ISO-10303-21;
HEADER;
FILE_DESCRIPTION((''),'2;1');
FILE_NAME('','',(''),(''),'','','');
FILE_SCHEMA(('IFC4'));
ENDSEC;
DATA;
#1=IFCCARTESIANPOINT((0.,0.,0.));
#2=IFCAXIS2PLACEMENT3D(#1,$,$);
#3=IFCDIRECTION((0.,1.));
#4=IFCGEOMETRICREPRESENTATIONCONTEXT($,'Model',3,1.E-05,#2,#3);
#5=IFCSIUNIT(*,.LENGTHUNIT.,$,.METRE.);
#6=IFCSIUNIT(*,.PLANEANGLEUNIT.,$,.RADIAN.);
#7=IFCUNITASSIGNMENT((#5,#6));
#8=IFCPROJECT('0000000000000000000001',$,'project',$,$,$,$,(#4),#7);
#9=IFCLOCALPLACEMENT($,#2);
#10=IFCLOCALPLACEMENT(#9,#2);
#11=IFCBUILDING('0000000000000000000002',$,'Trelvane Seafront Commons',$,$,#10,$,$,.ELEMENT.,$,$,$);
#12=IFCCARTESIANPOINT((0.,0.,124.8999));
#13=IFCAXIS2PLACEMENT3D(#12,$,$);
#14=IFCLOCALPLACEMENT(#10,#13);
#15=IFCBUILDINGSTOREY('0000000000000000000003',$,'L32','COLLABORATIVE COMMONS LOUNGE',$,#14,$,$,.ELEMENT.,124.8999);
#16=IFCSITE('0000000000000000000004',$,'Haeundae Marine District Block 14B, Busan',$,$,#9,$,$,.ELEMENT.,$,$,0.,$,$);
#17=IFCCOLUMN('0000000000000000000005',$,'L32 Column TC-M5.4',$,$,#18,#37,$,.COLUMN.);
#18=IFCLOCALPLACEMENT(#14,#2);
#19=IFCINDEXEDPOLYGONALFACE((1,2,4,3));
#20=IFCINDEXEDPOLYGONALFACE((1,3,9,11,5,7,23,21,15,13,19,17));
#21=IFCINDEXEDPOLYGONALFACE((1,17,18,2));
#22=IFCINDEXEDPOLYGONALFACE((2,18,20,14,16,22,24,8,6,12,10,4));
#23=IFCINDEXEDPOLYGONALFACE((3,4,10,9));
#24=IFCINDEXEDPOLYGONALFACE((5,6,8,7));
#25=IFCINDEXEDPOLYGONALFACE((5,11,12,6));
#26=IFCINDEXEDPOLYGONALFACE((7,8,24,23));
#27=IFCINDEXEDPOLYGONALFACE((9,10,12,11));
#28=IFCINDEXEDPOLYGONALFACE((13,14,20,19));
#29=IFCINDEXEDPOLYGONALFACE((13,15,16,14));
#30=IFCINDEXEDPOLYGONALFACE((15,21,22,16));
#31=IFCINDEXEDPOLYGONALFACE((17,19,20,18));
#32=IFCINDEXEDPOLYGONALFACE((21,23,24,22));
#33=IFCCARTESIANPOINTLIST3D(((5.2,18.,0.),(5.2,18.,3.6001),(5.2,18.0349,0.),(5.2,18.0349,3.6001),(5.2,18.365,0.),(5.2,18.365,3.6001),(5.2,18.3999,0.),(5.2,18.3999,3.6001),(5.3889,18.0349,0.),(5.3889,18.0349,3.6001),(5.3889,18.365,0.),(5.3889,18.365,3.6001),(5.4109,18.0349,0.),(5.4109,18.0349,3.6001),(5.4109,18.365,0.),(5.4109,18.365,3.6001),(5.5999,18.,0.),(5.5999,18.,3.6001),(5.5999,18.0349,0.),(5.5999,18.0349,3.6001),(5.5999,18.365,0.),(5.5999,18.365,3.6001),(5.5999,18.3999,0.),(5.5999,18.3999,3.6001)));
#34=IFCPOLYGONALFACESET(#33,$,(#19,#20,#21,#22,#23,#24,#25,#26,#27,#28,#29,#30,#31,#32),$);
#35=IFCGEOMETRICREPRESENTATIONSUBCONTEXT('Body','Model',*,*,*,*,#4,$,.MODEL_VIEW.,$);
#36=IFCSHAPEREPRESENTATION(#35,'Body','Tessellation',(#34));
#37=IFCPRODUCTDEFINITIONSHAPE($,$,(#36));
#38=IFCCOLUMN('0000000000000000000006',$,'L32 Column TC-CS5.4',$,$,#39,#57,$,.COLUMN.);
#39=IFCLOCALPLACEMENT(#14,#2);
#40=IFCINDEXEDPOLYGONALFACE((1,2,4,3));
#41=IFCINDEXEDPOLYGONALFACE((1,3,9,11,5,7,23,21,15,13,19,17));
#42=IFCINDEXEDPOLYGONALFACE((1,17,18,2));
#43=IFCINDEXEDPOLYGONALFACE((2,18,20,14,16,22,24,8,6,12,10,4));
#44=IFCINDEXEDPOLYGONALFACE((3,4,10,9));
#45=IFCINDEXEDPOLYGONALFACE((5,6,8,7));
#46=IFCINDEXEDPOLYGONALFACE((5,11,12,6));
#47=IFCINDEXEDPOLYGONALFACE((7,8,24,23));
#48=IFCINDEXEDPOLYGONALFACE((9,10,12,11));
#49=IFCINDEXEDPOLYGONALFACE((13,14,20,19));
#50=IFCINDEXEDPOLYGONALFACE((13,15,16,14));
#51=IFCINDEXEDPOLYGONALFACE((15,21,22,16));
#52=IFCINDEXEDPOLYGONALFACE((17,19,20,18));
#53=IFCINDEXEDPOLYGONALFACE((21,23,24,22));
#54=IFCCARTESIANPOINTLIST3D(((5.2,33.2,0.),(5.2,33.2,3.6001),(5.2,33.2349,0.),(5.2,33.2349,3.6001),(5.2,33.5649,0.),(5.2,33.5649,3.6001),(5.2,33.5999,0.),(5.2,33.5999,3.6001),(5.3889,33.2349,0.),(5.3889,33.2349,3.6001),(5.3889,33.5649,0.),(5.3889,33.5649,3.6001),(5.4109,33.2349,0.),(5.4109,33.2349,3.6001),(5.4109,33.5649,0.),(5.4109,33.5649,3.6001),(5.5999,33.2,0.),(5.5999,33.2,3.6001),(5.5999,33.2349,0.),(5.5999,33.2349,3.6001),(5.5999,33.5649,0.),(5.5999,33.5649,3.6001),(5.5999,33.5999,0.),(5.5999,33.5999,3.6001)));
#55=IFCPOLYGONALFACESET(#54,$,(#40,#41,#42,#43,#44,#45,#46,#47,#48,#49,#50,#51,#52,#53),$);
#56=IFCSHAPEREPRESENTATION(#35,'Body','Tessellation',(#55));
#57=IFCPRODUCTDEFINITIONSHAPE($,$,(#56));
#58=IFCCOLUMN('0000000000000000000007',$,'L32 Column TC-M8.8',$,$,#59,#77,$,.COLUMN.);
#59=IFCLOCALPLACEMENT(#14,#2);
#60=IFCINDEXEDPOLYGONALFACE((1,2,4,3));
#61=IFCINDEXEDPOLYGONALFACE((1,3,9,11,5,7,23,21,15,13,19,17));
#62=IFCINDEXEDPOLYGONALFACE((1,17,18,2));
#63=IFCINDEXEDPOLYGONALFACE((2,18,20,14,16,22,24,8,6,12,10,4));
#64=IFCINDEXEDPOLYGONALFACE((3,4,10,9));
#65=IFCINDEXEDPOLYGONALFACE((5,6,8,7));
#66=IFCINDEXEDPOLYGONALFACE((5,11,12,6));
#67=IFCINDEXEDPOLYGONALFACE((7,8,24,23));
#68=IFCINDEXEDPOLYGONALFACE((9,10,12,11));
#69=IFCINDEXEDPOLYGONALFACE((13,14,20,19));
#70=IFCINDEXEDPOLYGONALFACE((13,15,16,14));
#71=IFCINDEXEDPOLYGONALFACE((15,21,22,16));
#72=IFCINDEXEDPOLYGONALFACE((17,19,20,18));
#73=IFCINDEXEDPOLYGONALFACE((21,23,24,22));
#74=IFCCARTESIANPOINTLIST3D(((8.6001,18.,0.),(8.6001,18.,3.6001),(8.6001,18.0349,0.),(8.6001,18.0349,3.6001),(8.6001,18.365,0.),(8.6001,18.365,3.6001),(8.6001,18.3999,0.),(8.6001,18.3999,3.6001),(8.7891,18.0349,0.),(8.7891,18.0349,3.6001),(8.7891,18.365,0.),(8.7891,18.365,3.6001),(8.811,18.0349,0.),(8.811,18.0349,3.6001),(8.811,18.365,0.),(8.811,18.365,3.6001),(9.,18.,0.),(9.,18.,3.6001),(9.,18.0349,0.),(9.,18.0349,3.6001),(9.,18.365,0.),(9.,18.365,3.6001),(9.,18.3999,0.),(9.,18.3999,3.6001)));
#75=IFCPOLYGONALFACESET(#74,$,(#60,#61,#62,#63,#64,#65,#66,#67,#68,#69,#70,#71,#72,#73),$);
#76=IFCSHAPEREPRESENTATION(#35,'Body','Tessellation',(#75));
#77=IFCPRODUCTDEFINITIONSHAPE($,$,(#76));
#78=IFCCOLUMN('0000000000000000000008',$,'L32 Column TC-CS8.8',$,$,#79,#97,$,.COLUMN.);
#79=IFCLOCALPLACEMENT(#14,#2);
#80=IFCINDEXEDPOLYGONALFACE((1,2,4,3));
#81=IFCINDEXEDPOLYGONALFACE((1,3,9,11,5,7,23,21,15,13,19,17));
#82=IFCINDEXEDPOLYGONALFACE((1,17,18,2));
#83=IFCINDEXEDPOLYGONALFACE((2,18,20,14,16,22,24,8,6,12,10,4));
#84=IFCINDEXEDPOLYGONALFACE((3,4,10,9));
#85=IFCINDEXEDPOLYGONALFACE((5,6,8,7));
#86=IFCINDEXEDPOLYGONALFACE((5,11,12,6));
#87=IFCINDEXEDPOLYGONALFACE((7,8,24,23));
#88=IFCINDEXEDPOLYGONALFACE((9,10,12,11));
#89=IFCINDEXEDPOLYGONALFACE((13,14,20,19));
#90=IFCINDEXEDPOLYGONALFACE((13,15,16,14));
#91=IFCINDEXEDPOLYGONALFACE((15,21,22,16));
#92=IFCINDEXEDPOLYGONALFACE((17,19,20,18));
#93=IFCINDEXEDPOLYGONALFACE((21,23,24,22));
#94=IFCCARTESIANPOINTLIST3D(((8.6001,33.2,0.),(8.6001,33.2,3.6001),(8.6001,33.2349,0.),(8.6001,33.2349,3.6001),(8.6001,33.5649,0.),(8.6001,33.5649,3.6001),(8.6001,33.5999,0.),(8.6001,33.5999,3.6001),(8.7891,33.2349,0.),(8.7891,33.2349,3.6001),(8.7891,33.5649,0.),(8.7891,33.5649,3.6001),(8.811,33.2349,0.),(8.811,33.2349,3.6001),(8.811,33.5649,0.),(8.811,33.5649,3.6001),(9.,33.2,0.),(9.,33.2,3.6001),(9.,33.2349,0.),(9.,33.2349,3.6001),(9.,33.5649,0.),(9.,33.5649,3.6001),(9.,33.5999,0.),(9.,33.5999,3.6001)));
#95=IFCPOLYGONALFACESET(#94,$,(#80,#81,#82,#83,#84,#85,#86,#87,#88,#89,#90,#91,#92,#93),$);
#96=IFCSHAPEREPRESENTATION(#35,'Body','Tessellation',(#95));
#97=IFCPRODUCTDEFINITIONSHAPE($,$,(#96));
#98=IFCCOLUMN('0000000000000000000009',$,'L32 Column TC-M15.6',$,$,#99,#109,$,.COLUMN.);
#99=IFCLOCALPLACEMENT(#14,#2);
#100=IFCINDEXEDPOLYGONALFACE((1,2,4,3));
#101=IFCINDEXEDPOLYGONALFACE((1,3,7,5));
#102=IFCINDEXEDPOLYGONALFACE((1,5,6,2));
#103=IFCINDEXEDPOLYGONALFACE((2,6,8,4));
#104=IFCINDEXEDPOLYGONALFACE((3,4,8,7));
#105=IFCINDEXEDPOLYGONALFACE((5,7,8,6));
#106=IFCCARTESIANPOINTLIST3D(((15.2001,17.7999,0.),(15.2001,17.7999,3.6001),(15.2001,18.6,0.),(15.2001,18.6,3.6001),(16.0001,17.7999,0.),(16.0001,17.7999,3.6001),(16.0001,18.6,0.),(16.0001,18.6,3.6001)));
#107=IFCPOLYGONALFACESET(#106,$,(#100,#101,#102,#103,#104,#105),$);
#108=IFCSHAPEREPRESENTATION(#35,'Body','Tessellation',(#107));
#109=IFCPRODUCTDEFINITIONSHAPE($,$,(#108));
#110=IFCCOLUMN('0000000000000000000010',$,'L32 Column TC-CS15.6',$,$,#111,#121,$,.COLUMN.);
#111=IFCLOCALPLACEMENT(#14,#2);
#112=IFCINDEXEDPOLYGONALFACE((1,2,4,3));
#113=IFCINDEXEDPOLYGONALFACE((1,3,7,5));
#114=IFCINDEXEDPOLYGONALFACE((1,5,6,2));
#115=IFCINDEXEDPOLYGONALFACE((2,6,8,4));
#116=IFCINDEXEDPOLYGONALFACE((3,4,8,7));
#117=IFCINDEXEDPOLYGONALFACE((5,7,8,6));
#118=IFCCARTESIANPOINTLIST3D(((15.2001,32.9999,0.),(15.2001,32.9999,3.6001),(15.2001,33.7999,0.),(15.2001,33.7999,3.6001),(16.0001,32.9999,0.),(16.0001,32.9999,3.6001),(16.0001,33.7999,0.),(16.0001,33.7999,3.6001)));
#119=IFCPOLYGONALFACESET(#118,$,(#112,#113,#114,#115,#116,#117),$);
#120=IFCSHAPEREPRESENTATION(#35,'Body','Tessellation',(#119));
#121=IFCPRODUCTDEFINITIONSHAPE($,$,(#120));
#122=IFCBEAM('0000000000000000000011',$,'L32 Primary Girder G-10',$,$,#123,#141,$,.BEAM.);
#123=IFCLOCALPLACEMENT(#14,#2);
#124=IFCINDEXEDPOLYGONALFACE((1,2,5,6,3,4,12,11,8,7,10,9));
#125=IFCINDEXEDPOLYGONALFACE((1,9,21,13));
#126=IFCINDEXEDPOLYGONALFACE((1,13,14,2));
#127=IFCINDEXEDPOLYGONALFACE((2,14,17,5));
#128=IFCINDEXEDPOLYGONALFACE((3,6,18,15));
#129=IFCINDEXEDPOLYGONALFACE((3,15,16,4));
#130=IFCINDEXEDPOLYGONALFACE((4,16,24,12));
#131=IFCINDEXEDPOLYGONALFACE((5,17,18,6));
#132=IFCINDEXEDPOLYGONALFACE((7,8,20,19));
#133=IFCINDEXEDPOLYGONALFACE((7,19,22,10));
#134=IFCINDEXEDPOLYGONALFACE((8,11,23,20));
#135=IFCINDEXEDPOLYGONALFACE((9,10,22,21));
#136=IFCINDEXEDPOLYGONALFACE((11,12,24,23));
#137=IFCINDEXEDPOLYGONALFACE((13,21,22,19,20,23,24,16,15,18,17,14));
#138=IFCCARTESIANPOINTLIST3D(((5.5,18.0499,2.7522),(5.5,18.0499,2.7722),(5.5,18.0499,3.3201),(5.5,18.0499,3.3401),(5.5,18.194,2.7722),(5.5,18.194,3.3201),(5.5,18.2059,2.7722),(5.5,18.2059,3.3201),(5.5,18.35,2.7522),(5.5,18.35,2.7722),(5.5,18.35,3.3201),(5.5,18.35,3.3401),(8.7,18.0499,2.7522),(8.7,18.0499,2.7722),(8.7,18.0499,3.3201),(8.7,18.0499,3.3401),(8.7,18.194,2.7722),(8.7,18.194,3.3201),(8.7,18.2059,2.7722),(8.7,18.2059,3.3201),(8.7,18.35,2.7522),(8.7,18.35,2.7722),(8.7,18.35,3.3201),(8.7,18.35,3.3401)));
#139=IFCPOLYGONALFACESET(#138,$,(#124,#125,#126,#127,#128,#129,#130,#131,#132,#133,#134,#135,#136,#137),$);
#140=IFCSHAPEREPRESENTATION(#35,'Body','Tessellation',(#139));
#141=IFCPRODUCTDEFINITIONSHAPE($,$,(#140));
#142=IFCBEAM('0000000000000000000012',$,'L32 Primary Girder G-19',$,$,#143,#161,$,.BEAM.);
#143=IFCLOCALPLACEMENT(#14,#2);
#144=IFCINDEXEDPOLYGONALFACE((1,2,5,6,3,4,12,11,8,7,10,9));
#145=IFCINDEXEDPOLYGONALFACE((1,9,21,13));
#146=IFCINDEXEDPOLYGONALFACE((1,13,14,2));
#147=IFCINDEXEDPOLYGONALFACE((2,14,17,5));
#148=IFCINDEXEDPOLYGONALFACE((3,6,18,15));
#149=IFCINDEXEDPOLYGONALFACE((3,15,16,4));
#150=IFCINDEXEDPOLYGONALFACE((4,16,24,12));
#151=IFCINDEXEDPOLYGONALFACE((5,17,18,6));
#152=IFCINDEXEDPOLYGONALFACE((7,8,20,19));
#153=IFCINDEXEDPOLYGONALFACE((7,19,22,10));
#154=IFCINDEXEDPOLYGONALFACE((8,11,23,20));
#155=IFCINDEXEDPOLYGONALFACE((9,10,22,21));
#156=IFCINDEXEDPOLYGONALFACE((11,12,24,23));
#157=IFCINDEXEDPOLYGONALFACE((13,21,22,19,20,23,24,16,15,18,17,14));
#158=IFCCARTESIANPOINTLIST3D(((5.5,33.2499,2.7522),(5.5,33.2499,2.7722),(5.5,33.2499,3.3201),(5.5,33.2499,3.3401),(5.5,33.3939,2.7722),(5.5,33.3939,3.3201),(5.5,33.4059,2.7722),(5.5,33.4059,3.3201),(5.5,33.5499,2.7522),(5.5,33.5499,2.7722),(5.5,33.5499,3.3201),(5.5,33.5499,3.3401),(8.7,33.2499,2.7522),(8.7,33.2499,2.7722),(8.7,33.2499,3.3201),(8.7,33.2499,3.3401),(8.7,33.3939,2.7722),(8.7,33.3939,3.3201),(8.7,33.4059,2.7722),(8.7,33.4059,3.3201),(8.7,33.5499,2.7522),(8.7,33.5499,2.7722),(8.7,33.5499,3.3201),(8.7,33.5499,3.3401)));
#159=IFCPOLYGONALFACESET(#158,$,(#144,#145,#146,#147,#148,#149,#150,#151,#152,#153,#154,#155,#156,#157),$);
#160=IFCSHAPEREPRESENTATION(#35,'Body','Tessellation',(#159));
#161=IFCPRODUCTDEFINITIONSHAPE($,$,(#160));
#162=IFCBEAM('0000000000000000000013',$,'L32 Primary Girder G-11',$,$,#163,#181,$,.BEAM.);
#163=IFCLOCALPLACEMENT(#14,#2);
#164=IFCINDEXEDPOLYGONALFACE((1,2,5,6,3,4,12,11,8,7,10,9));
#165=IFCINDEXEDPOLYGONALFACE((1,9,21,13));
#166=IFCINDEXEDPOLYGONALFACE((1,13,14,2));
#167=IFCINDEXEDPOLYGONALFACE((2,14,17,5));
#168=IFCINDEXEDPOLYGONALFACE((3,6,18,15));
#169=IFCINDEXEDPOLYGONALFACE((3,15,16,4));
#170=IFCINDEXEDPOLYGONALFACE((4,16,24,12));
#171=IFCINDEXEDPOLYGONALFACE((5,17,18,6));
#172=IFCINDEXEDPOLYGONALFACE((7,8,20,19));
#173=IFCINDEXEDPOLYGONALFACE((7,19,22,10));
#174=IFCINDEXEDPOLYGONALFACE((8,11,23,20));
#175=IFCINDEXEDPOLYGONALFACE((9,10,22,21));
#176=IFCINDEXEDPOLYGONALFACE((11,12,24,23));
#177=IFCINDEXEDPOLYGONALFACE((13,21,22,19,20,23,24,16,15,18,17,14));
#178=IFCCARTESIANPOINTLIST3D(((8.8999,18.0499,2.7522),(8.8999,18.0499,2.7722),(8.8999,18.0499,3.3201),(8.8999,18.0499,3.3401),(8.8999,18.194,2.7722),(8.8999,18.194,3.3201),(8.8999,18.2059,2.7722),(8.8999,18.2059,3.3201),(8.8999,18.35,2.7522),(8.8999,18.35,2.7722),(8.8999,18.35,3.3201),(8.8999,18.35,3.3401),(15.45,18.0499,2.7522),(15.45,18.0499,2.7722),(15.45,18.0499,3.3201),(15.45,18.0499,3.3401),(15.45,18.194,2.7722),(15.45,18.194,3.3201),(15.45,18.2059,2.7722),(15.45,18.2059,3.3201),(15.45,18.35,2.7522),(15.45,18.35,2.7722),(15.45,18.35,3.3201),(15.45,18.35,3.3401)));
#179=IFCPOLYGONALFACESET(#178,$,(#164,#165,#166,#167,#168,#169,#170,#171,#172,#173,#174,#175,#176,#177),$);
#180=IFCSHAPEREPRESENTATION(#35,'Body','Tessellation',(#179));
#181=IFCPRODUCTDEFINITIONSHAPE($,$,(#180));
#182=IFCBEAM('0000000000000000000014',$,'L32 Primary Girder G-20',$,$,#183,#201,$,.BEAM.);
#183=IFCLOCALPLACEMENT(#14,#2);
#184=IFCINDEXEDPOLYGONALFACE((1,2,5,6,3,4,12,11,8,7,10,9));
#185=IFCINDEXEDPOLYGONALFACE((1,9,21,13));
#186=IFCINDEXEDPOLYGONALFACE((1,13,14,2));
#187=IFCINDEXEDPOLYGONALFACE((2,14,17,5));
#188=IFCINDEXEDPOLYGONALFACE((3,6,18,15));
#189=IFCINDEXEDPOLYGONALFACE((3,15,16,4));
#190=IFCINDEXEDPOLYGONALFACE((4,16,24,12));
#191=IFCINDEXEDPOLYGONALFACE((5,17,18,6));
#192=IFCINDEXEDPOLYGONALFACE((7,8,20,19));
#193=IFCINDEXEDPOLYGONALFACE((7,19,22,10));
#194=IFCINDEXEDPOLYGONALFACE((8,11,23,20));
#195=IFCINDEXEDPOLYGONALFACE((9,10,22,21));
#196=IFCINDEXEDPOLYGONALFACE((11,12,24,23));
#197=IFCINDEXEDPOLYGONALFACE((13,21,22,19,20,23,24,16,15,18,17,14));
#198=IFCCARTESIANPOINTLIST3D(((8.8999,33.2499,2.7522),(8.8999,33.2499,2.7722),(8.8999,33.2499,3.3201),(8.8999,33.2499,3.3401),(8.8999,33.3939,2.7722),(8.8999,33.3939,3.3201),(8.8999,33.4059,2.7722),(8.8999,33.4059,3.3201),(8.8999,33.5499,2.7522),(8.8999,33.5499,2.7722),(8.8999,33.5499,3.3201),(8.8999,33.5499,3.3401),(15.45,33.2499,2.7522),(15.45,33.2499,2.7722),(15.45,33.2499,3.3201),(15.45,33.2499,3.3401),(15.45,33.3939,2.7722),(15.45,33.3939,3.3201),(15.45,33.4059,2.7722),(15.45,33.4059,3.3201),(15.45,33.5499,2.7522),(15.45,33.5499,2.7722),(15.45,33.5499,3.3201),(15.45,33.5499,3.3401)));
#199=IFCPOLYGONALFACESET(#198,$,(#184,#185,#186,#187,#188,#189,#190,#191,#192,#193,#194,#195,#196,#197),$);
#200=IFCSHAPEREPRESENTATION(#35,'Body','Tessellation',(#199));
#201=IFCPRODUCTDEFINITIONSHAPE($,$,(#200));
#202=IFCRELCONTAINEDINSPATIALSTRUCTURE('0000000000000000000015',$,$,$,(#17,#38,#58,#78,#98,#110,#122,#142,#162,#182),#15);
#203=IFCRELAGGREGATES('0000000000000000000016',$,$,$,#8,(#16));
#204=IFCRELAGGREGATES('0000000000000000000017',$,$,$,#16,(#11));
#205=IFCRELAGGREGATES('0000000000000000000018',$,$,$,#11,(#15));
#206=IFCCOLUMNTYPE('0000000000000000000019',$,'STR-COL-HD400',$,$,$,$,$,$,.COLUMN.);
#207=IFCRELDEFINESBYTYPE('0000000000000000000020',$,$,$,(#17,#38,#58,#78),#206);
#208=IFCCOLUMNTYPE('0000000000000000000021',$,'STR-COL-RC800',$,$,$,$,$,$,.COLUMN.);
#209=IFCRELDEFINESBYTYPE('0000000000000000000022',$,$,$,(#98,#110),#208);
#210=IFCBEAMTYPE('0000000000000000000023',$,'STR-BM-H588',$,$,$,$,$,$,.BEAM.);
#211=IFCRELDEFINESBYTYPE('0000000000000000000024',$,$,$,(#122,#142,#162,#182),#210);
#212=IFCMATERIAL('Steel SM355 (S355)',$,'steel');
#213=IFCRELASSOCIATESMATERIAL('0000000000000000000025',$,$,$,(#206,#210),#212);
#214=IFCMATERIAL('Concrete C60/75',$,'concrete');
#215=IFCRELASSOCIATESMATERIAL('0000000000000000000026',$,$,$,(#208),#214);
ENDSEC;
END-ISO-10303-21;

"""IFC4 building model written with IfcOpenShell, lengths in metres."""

from ifc_helpers import new_model, si_unit, direction, frame, origin, origin_2d, place, context, subcontext, project, spatial, rectangle, i_section, extrude, source, transform, mapped, material, material_profile, profile_set, type_object, element, save


model = new_model("IFC4")

# Units and contexts
model_context = context("Model", 3, precision=1e-05, world=origin(), true_north=direction((0.0, 1.0)))
body_context = subcontext(model_context, "Body", "Model", "MODEL_VIEW")
ifc_project = project(units=[si_unit("LENGTHUNIT", "METRE"), si_unit("PLANEANGLEUNIT", "RADIAN")], contexts=[model_context])

# Site, building, storey
site_placement = place(None, origin())
site = spatial("IfcSite", under=ifc_project, at=site_placement, Name="Haeundae Marine District Block 14B, Busan", CompositionType="ELEMENT", RefElevation=0.0)
building_placement = place(site_placement, origin())
building = spatial("IfcBuilding", under=site, at=building_placement, Name="Trelvane Seafront Commons", CompositionType="ELEMENT")
storey_placement = place(building_placement, frame((0.0, 0.0, 124.8999)))
storey = spatial("IfcBuildingStorey", under=building, at=storey_placement, Name="L32", Description="COLLABORATIVE COMMONS LOUNGE", CompositionType="ELEMENT", Elevation=124.8999)

# Columns
ifc_material_1 = material(Name="Steel SM355 (S355)", Category="steel")
ifc_material_profile_1 = material_profile(ifc_material_1, i_section(OverallWidth=0.3999, OverallDepth=0.3999, WebThickness=0.022, FlangeThickness=0.0349, at=origin_2d()), Name="HD-400x400x22x35")
ifc_profile_set_1 = profile_set([ifc_material_profile_1], Name="Steel SM355 (S355)")
column_type_1 = type_object("IfcColumnType", Name="STR-COL-HD400", PredefinedType="COLUMN", material=ifc_profile_set_1)
shared_shape_1 = source(origin(), body_context, "Body", "SweptSolid", [
    extrude(i_section(OverallWidth=0.3999, OverallDepth=0.3999, WebThickness=0.022, FlangeThickness=0.0349, at=origin_2d()), origin(), (0.0, 0.0, 1.0), 3.6001),
])
for number, where, z_axis, x_axis, name in (
    (1, (5.3999, 18.2, 0.0), (0.0, 0.0, 1.0), (1.0, 0.0, 0.0), "L32 Column TC-M5.4"),
    (2, (5.3999, 33.3999, 0.0), (0.0, 0.0, 1.0), (1.0, 0.0, 0.0), "L32 Column TC-CS5.4"),
    (3, (8.8, 18.2, 0.0), (0.0, 0.0, 1.0), (1.0, 0.0, 0.0), "L32 Column TC-M8.8"),
    (4, (8.8, 33.3999, 0.0), (0.0, 0.0, 1.0), (1.0, 0.0, 0.0), "L32 Column TC-CS8.8"),
):
    element("IfcColumn", number, at=place(storey_placement, frame(where, z_axis=z_axis, x_axis=x_axis)), inside=storey, type_object=column_type_1, Name=name, PredefinedType="COLUMN", context=body_context, shape_type="MappedRepresentation", body=[
        mapped(shared_shape_1, transform((0.0, 0.0, 0.0), x_axis=(1.0, 0.0, 0.0), y_axis=(0.0, 1.0, 0.0), z_axis=(0.0, 0.0, 1.0), scale=1.0)),
    ])
ifc_material_2 = material(Name="Concrete C60/75", Category="concrete")
ifc_material_profile_2 = material_profile(ifc_material_2, rectangle(XDim=0.8, YDim=0.8, at=origin_2d()), Name="RC-800x800")
ifc_profile_set_2 = profile_set([ifc_material_profile_2], Name="Concrete C60/75")
column_type_2 = type_object("IfcColumnType", Name="STR-COL-RC800", PredefinedType="COLUMN", material=ifc_profile_set_2)
shared_shape_2 = source(origin(), body_context, "Body", "SweptSolid", [
    extrude(rectangle(XDim=0.8, YDim=0.8, at=origin_2d()), origin(), (0.0, 0.0, 1.0), 3.6001),
])
for number, where, z_axis, x_axis, name in (
    (5, (15.6001, 18.2, 0.0), (0.0, 0.0, 1.0), (1.0, 0.0, 0.0), "L32 Column TC-M15.6"),
    (6, (15.6001, 33.3999, 0.0), (0.0, 0.0, 1.0), (1.0, 0.0, 0.0), "L32 Column TC-CS15.6"),
):
    element("IfcColumn", number, at=place(storey_placement, frame(where, z_axis=z_axis, x_axis=x_axis)), inside=storey, type_object=column_type_2, Name=name, PredefinedType="COLUMN", context=body_context, shape_type="MappedRepresentation", body=[
        mapped(shared_shape_2, transform((0.0, 0.0, 0.0), x_axis=(1.0, 0.0, 0.0), y_axis=(0.0, 1.0, 0.0), z_axis=(0.0, 0.0, 1.0), scale=1.0)),
    ])

# Beams
ifc_material_profile_3 = material_profile(ifc_material_1, i_section(OverallWidth=0.3, OverallDepth=0.5879, WebThickness=0.012, FlangeThickness=0.02, at=origin_2d()), Name="H-588x300x12x20")
ifc_profile_set_3 = profile_set([ifc_material_profile_3], Name="Steel SM355 (S355)")
beam_type_1 = type_object("IfcBeamType", Name="STR-BM-H588", PredefinedType="BEAM", material=ifc_profile_set_3)
shared_shape_3 = source(origin(), body_context, "Body", "SweptSolid", [
    extrude(i_section(OverallWidth=0.3, OverallDepth=0.5879, WebThickness=0.012, FlangeThickness=0.02, at=origin_2d()), origin(), (0.0, 0.0, 1.0), 3.2),
])
for number, where, z_axis, x_axis, name in (
    (7, (5.5, 18.2, 3.0461), (1.0, 0.0, 0.0), (0.0, 1.0, 0.0), "L32 Primary Girder G-10"),
    (8, (5.5, 33.3999, 3.0461), (1.0, 0.0, 0.0), (0.0, 1.0, 0.0), "L32 Primary Girder G-19"),
):
    element("IfcBeam", number, at=place(storey_placement, frame(where, z_axis=z_axis, x_axis=x_axis)), inside=storey, type_object=beam_type_1, Name=name, PredefinedType="BEAM", context=body_context, shape_type="MappedRepresentation", body=[
        mapped(shared_shape_3, transform((0.0, 0.0, 0.0), x_axis=(1.0, 0.0, 0.0), y_axis=(0.0, 1.0, 0.0), z_axis=(0.0, 0.0, 1.0), scale=1.0)),
    ])
shared_shape_4 = source(origin(), body_context, "Body", "SweptSolid", [
    extrude(i_section(OverallWidth=0.3, OverallDepth=0.5879, WebThickness=0.012, FlangeThickness=0.02, at=origin_2d()), origin(), (0.0, 0.0, 1.0), 6.55),
])
for number, where, z_axis, x_axis, name in (
    (9, (8.8999, 18.2, 3.0461), (1.0, 0.0, 0.0), (0.0, 1.0, 0.0), "L32 Primary Girder G-11"),
    (10, (8.8999, 33.3999, 3.0461), (1.0, 0.0, 0.0), (0.0, 1.0, 0.0), "L32 Primary Girder G-20"),
):
    element("IfcBeam", number, at=place(storey_placement, frame(where, z_axis=z_axis, x_axis=x_axis)), inside=storey, type_object=beam_type_1, Name=name, PredefinedType="BEAM", context=body_context, shape_type="MappedRepresentation", body=[
        mapped(shared_shape_4, transform((0.0, 0.0, 0.0), x_axis=(1.0, 0.0, 0.0), y_axis=(0.0, 1.0, 0.0), z_axis=(0.0, 0.0, 1.0), scale=1.0)),
    ])

save(model, "model.ifc")
